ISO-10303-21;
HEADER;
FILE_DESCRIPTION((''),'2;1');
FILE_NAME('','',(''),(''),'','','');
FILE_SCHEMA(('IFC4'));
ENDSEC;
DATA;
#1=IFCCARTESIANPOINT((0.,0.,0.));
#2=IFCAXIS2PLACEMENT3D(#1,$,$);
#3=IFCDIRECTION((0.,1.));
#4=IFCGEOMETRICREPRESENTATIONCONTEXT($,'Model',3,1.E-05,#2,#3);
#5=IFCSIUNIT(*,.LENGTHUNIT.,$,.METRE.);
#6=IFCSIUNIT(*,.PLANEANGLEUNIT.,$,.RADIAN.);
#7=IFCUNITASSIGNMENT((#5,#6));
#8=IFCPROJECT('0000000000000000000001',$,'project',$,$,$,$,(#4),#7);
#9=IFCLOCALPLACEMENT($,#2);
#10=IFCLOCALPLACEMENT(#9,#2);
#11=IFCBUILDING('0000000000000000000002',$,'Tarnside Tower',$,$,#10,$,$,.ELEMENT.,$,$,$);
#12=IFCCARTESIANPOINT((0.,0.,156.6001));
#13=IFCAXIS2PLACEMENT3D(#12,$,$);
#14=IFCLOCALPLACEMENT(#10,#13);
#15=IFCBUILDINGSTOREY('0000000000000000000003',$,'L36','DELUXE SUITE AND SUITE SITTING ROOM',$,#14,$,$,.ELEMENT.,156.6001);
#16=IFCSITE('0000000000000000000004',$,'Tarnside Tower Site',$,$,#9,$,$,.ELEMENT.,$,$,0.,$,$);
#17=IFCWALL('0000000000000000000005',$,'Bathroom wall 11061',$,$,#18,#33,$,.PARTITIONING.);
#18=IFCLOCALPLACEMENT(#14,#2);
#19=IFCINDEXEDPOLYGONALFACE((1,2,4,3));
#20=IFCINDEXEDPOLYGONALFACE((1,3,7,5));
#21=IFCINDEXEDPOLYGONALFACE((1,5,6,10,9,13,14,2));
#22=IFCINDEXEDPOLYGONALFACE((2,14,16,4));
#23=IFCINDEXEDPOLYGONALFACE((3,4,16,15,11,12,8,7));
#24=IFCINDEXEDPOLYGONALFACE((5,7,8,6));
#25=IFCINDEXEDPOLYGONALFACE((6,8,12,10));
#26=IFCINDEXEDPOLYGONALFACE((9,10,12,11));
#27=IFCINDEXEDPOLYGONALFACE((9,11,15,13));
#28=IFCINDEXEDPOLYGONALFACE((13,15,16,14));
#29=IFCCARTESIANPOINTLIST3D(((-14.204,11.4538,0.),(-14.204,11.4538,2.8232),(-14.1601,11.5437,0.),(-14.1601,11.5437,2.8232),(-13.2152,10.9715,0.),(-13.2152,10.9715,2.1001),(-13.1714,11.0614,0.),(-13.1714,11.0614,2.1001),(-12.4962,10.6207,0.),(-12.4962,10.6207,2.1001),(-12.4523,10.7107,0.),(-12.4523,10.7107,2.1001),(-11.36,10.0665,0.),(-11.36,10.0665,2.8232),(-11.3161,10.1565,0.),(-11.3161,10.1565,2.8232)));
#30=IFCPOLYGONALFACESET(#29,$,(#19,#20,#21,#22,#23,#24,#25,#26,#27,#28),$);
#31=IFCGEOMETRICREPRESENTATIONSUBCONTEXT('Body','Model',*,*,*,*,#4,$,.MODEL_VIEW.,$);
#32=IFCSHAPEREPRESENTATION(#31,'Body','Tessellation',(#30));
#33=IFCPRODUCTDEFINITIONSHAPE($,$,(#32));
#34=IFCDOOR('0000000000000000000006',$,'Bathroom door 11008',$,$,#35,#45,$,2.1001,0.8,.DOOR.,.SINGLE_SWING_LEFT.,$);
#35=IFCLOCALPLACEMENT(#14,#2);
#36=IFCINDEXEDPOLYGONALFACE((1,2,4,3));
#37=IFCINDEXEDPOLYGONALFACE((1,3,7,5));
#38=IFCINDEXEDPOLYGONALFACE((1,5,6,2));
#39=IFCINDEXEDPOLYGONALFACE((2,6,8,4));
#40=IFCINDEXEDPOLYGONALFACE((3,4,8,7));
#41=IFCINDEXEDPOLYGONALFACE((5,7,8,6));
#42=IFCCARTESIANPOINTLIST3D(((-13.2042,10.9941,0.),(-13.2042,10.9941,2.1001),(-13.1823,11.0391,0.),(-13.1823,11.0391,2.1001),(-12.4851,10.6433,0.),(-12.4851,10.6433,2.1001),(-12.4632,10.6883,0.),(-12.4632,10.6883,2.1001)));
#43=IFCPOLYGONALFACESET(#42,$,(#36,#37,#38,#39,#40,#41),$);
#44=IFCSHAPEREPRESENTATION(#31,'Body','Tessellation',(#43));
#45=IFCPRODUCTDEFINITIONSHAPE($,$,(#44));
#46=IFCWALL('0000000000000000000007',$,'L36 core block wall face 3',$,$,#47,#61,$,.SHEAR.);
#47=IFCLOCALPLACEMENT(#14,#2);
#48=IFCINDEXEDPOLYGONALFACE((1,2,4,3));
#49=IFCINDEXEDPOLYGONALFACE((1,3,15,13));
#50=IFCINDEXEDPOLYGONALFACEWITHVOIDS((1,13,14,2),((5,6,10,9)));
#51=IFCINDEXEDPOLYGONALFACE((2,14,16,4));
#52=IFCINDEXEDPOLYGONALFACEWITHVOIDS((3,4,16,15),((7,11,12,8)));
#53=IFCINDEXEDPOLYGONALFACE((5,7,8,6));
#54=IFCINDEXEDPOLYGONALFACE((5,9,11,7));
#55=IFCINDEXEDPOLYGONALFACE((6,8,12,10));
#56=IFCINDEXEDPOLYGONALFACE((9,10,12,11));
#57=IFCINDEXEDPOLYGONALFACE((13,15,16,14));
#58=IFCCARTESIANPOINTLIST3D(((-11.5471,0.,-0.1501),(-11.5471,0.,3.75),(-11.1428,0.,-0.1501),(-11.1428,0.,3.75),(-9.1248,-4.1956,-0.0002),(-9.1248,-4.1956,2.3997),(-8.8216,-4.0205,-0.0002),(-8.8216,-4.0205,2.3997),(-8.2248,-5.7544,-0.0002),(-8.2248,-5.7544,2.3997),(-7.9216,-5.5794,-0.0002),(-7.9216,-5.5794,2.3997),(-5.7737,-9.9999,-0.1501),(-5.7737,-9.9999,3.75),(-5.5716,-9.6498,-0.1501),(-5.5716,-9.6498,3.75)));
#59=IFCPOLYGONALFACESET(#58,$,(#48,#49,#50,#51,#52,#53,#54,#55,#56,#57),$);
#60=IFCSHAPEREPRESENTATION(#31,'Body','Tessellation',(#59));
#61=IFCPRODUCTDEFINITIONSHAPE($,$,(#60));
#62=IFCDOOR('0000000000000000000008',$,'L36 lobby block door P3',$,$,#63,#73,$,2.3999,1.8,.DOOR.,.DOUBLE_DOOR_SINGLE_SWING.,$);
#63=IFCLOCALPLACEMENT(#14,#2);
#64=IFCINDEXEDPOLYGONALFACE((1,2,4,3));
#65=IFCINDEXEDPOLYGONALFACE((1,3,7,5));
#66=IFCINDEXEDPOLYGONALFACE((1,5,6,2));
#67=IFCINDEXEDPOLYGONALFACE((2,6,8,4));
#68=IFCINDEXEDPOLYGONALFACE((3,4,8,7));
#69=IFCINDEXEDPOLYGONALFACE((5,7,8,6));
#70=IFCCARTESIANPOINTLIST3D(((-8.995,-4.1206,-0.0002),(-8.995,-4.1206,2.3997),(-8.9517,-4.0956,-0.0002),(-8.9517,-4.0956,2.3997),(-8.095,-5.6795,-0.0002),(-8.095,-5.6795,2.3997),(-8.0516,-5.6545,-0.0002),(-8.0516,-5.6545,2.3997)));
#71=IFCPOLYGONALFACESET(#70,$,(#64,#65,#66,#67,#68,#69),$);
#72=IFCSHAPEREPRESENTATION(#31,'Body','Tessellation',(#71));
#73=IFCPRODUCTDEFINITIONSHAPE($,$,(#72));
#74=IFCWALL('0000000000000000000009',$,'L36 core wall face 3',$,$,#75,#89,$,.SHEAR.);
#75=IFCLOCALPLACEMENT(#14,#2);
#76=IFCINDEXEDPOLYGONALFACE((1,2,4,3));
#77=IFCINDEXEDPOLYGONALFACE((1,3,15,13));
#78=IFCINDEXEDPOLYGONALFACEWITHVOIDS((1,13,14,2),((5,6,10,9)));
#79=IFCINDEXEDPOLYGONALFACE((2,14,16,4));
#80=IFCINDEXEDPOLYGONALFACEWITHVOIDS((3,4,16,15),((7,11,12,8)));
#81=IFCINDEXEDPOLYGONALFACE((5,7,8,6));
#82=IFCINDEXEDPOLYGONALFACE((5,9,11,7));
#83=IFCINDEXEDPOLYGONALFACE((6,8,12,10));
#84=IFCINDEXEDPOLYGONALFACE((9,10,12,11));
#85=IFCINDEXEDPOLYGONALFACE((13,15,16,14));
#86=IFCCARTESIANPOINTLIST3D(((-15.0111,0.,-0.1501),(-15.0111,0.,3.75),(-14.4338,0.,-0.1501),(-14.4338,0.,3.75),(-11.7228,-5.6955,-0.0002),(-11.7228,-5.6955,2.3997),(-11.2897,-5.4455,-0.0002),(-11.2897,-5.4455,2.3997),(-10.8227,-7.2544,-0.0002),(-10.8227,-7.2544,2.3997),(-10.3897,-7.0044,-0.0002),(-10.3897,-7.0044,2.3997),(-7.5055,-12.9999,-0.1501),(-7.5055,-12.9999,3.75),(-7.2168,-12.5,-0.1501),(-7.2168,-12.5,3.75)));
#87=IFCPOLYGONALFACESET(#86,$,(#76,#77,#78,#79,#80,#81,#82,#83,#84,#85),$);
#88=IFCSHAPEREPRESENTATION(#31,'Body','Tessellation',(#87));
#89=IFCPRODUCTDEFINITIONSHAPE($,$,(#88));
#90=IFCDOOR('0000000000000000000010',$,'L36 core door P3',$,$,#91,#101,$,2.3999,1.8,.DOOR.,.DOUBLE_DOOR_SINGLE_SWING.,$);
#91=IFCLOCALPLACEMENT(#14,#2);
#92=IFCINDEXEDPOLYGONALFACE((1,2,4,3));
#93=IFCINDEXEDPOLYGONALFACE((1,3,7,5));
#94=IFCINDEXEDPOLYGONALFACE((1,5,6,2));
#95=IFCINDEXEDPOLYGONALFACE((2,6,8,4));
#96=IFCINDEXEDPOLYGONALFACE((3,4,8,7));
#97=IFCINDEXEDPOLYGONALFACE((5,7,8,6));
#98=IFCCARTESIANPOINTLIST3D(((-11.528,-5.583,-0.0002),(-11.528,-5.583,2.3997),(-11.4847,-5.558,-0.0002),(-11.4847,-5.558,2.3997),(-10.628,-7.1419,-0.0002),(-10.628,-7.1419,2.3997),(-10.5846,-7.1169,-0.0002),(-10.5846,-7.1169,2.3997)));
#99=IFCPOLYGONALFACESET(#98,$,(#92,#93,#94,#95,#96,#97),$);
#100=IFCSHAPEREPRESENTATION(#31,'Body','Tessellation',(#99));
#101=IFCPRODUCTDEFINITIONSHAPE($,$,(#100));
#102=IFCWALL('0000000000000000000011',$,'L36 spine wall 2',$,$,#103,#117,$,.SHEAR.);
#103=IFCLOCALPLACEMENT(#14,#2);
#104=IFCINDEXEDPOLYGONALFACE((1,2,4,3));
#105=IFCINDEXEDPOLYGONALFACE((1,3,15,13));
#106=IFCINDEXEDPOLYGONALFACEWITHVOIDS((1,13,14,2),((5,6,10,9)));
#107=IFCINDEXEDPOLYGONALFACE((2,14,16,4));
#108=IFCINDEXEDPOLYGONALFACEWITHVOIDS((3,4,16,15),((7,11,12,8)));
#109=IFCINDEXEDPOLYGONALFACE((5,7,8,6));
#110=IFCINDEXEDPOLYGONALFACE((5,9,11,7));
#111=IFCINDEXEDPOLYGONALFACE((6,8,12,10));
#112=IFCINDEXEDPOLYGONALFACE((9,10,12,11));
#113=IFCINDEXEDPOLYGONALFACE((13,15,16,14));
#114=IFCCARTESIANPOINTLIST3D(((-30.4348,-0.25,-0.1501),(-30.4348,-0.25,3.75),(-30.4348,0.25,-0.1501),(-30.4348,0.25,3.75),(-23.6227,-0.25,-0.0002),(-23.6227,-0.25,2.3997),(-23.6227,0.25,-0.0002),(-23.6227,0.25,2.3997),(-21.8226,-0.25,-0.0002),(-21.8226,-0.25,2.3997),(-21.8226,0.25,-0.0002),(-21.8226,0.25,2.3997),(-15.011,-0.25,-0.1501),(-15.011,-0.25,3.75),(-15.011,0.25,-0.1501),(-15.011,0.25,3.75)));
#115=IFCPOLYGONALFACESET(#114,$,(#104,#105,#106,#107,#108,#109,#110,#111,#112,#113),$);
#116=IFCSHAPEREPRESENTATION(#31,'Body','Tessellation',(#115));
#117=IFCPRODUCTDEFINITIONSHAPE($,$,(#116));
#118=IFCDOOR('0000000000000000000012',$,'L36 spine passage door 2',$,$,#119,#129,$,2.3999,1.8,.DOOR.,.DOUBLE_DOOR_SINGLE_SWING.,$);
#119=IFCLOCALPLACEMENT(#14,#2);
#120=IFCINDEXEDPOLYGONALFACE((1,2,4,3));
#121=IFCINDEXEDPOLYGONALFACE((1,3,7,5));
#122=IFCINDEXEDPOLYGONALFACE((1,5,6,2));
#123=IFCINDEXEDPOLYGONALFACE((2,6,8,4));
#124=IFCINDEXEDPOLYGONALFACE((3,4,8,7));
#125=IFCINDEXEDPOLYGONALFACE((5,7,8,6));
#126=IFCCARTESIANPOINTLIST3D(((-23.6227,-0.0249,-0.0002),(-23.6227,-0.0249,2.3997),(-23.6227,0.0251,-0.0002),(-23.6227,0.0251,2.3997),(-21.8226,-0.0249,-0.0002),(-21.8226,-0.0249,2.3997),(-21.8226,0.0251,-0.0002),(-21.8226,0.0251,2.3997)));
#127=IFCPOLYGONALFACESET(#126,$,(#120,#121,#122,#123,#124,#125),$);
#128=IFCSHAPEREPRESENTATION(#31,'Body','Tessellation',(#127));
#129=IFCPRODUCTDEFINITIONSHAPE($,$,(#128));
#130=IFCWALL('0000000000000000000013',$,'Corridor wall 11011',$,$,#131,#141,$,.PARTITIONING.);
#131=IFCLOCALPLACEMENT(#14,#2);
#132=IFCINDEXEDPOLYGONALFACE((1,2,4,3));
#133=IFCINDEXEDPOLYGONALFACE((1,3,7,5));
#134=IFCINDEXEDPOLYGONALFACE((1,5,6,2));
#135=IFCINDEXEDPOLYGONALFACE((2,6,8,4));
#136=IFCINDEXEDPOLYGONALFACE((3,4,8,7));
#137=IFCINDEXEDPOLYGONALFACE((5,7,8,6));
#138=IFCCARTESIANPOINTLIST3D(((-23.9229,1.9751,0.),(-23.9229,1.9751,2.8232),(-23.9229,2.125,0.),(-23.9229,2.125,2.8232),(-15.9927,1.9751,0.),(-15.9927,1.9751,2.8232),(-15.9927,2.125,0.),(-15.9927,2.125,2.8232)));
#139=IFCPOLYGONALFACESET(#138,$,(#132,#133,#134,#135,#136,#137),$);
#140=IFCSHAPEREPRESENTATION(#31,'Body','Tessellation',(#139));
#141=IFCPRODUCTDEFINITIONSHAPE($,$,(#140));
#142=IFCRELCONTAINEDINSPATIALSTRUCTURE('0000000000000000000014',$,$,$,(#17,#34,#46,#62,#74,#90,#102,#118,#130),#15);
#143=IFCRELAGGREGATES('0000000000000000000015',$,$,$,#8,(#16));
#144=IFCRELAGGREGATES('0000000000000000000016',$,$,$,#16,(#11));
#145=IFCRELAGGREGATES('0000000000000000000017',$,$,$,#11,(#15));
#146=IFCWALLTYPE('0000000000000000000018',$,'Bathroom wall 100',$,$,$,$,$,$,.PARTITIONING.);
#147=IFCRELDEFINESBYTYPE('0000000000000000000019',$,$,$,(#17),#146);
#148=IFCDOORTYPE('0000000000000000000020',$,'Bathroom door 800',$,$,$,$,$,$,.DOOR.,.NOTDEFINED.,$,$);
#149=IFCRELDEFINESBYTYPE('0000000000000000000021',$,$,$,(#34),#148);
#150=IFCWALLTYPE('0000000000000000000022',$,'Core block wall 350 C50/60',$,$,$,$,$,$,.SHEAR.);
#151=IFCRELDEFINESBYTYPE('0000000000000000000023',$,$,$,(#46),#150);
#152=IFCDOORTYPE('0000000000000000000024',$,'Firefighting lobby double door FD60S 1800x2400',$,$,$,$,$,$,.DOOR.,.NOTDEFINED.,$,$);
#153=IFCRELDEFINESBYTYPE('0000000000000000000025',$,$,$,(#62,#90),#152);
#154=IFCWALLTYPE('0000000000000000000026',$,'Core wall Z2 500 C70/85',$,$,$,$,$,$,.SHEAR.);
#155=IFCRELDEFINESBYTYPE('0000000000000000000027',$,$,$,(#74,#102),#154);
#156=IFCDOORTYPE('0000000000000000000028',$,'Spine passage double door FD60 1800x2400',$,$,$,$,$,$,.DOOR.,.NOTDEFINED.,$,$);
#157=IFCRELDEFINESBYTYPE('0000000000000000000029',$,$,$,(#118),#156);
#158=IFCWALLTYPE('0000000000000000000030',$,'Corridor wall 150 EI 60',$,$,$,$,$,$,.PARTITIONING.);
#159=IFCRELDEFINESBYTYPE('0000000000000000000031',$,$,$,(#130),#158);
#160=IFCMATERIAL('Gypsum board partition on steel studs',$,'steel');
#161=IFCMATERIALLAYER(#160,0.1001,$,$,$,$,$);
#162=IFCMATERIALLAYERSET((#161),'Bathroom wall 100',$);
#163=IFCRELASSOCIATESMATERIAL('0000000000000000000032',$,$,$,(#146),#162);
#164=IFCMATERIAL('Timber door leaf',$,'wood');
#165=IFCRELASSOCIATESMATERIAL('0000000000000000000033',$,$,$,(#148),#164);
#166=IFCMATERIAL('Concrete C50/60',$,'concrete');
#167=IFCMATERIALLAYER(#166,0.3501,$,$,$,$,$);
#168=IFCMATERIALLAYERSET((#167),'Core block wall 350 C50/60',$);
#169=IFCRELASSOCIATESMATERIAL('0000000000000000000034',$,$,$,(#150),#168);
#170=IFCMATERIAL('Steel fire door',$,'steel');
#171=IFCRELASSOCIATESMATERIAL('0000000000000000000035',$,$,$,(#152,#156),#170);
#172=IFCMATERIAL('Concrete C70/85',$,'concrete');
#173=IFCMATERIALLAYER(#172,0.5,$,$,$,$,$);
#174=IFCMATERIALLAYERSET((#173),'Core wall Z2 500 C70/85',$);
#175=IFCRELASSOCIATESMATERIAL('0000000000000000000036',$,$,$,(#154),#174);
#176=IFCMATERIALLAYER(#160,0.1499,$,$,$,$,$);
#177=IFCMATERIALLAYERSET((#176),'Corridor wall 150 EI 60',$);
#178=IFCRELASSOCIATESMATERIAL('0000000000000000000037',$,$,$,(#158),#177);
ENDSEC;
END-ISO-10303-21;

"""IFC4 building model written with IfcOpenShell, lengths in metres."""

from ifc_helpers import new_model, si_unit, direction, frame, frame_2d, origin, place, context, subcontext, project, spatial, polyline, rectangle, outline, extrude, material, layer, layer_set, type_object, element, fill, save


model = new_model("IFC4")

# Units and contexts
model_context = context("Model", 3, precision=1e-05, world=origin(), true_north=direction((0.0, 1.0)))
body_context = subcontext(model_context, "Body", "Model", "MODEL_VIEW")
ifc_project = project(units=[si_unit("LENGTHUNIT", "METRE"), si_unit("PLANEANGLEUNIT", "RADIAN")], contexts=[model_context])

# Site, building, storey
site_placement = place(None, origin())
site = spatial("IfcSite", under=ifc_project, at=site_placement, Name="Tarnside Tower Site", CompositionType="ELEMENT", RefElevation=0.0)
building_placement = place(site_placement, origin())
building = spatial("IfcBuilding", under=site, at=building_placement, Name="Tarnside Tower", CompositionType="ELEMENT")
storey_placement = place(building_placement, frame((0.0, 0.0, 156.6001)))
storey = spatial("IfcBuildingStorey", under=building, at=storey_placement, Name="L36", Description="DELUXE SUITE AND SUITE SITTING ROOM", CompositionType="ELEMENT", Elevation=156.6001)

# Walls, openings, doors
ifc_material_1 = material(Name="Gypsum board partition on steel studs", Category="steel")
ifc_layer_1 = layer(ifc_material_1, 0.1001)
ifc_layer_set_1 = layer_set([ifc_layer_1], Name="Bathroom wall 100")
wall_type_1 = type_object("IfcWallType", Name="Bathroom wall 100", PredefinedType="PARTITIONING", material=ifc_layer_set_1)
wall_1_placement = place(storey_placement, frame((-11.3381, 10.1116, 0.0), z_axis=(0.0, 0.0, 1.0), x_axis=(-0.898782, 0.438396, 0.0)))
wall_1 = element("IfcWall", 1, at=wall_1_placement, inside=storey, type_object=wall_type_1, Name="Bathroom wall 11061", PredefinedType="PARTITIONING", context=body_context, shape_type="SweptSolid", body=[
    extrude(rectangle(XDim=3.1643, YDim=0.1001, at=frame_2d((1.582, 0.0))), origin(), (0.0, 0.0, 1.0), 2.8232),
])
opening_1_placement = place(wall_1_placement, frame((1.2642, 0.0, 0.0)))
opening_1 = element("IfcOpeningElement", 2, at=opening_1_placement, cuts=wall_1, PredefinedType="OPENING", context=body_context, shape_type="SweptSolid", body=[
    extrude(rectangle(XDim=0.8, YDim=2.1001, at=frame_2d((0.3999, 1.05))), frame((0.0, 0.0601, 0.0), z_axis=(0.0, -1.0, 0.0), x_axis=(1.0, 0.0, 0.0)), (0.0, 0.0, 1.0), 0.1201),
])
ifc_material_2 = material(Name="Timber door leaf", Category="wood")
door_type_1 = type_object("IfcDoorType", Name="Bathroom door 800", OperationType="NOTDEFINED", PredefinedType="DOOR", material=ifc_material_2)
door_1_placement = place(opening_1_placement, origin())
door_1 = element("IfcDoor", 3, at=door_1_placement, inside=storey, type_object=door_type_1, Name="Bathroom door 11008", OperationType="SINGLE_SWING_LEFT", OverallHeight=2.1001, OverallWidth=0.8, PredefinedType="DOOR", context=body_context, shape_type="SweptSolid", body=[
    extrude(rectangle(XDim=0.8, YDim=2.1001, at=frame_2d((0.3999, 1.05))), frame((0.0, 0.0249, 0.0), z_axis=(0.0, -1.0, 0.0), x_axis=(1.0, 0.0, 0.0)), (0.0, 0.0, 1.0), 0.05),
])
fill(opening_1, door_1)
ifc_material_3 = material(Name="Concrete C50/60", Category="concrete")
ifc_layer_2 = layer(ifc_material_3, 0.3501)
ifc_layer_set_2 = layer_set([ifc_layer_2], Name="Core block wall 350 C50/60")
wall_type_2 = type_object("IfcWallType", Name="Core block wall 350 C50/60", PredefinedType="SHEAR", material=ifc_layer_set_2)
wall_2_placement = place(storey_placement, frame((-11.345, 0.0, -0.1501), z_axis=(0.0, 0.0, 1.0), x_axis=(0.499995, -0.866028, 0.0)))
wall_2 = element("IfcWall", 4, at=wall_2_placement, inside=storey, type_object=wall_type_2, Name="L36 core block wall face 3", PredefinedType="SHEAR", context=body_context, shape_type="SweptSolid", body=[
    extrude(outline(polyline([(-0.1011, -0.175), (11.4458, -0.175), (11.2437, 0.175), (0.1011, 0.175), (-0.1011, -0.175)])), origin(), (0.0, 0.0, 1.0), 3.9001),
])
opening_2_placement = place(wall_2_placement, frame((4.7437, 0.0, 0.1499)))
opening_2 = element("IfcOpeningElement", 5, at=opening_2_placement, cuts=wall_2, PredefinedType="OPENING", context=body_context, shape_type="SweptSolid", body=[
    extrude(rectangle(XDim=1.8, YDim=2.3999, at=frame_2d((0.8999, 1.2))), frame((0.0, 0.1851, 0.0), z_axis=(0.0, -1.0, 0.0), x_axis=(1.0, 0.0, 0.0)), (0.0, 0.0, 1.0), 0.3701),
])
ifc_material_4 = material(Name="Steel fire door", Category="steel")
door_type_2 = type_object("IfcDoorType", Name="Firefighting lobby double door FD60S 1800x2400", OperationType="NOTDEFINED", PredefinedType="DOOR", material=ifc_material_4)
door_2_placement = place(opening_2_placement, origin())
door_2 = element("IfcDoor", 6, at=door_2_placement, inside=storey, type_object=door_type_2, Name="L36 lobby block door P3", OperationType="DOUBLE_DOOR_SINGLE_SWING", OverallHeight=2.3999, OverallWidth=1.8, PredefinedType="DOOR", context=body_context, shape_type="SweptSolid", body=[
    extrude(rectangle(XDim=1.8, YDim=2.3999, at=frame_2d((0.8999, 1.2))), frame((0.0, 0.0249, 0.0), z_axis=(0.0, -1.0, 0.0), x_axis=(1.0, 0.0, 0.0)), (0.0, 0.0, 1.0), 0.05),
])
fill(opening_2, door_2)
ifc_material_5 = material(Name="Concrete C70/85", Category="concrete")
ifc_layer_3 = layer(ifc_material_5, 0.5)
ifc_layer_set_3 = layer_set([ifc_layer_3], Name="Core wall Z2 500 C70/85")
wall_type_3 = type_object("IfcWallType", Name="Core wall Z2 500 C70/85", PredefinedType="SHEAR", material=ifc_layer_set_3)
wall_3_placement = place(storey_placement, frame((-14.7224, 0.0, -0.1501), z_axis=(0.0, 0.0, 1.0), x_axis=(0.500006, -0.866022, 0.0)))
wall_3 = element("IfcWall", 7, at=wall_3_placement, inside=storey, type_object=wall_type_3, Name="L36 core wall face 3", PredefinedType="SHEAR", context=body_context, shape_type="SweptSolid", body=[
    extrude(outline(polyline([(-0.1443, -0.25), (14.8667, -0.25), (14.5781, 0.25), (0.1443, 0.25), (-0.1443, -0.25)])), origin(), (0.0, 0.0, 1.0), 3.9001),
])
opening_3_placement = place(wall_3_placement, frame((6.4324, 0.0, 0.1499)))
opening_3 = element("IfcOpeningElement", 8, at=opening_3_placement, cuts=wall_3, PredefinedType="OPENING", context=body_context, shape_type="SweptSolid", body=[
    extrude(rectangle(XDim=1.8, YDim=2.3999, at=frame_2d((0.8999, 1.2))), frame((0.0, 0.26, 0.0), z_axis=(0.0, -1.0, 0.0), x_axis=(1.0, 0.0, 0.0)), (0.0, 0.0, 1.0), 0.52),
])
door_3_placement = place(opening_3_placement, origin())
door_3 = element("IfcDoor", 9, at=door_3_placement, inside=storey, type_object=door_type_2, Name="L36 core door P3", OperationType="DOUBLE_DOOR_SINGLE_SWING", OverallHeight=2.3999, OverallWidth=1.8, PredefinedType="DOOR", context=body_context, shape_type="SweptSolid", body=[
    extrude(rectangle(XDim=1.8, YDim=2.3999, at=frame_2d((0.8999, 1.2))), frame((0.0, 0.0249, 0.0), z_axis=(0.0, -1.0, 0.0), x_axis=(1.0, 0.0, 0.0)), (0.0, 0.0, 1.0), 0.05),
])
fill(opening_3, door_3)
wall_4_placement = place(storey_placement, frame((-15.011, 0.0, -0.1501), z_axis=(0.0, 0.0, 1.0), x_axis=(-1.0, 0.0, 0.0)))
wall_4 = element("IfcWall", 10, at=wall_4_placement, inside=storey, type_object=wall_type_3, Name="L36 spine wall 2", PredefinedType="SHEAR", context=body_context, shape_type="SweptSolid", body=[
    extrude(rectangle(XDim=15.4238, YDim=0.5, at=frame_2d((7.7119, 0.0))), origin(), (0.0, 0.0, 1.0), 3.9001),
])
opening_4_placement = place(wall_4_placement, frame((6.8118, 0.0, 0.1499)))
opening_4 = element("IfcOpeningElement", 11, at=opening_4_placement, cuts=wall_4, PredefinedType="OPENING", context=body_context, shape_type="SweptSolid", body=[
    extrude(rectangle(XDim=1.8, YDim=2.3999, at=frame_2d((0.8999, 1.2))), frame((0.0, 0.26, 0.0), z_axis=(0.0, -1.0, 0.0), x_axis=(1.0, 0.0, 0.0)), (0.0, 0.0, 1.0), 0.52),
])
door_type_3 = type_object("IfcDoorType", Name="Spine passage double door FD60 1800x2400", OperationType="NOTDEFINED", PredefinedType="DOOR", material=ifc_material_4)
door_4_placement = place(opening_4_placement, origin())
door_4 = element("IfcDoor", 12, at=door_4_placement, inside=storey, type_object=door_type_3, Name="L36 spine passage door 2", OperationType="DOUBLE_DOOR_SINGLE_SWING", OverallHeight=2.3999, OverallWidth=1.8, PredefinedType="DOOR", context=body_context, shape_type="SweptSolid", body=[
    extrude(rectangle(XDim=1.8, YDim=2.3999, at=frame_2d((0.8999, 1.2))), frame((0.0, 0.0249, 0.0), z_axis=(0.0, -1.0, 0.0), x_axis=(1.0, 0.0, 0.0)), (0.0, 0.0, 1.0), 0.05),
])
fill(opening_4, door_4)

# Wall
ifc_layer_4 = layer(ifc_material_1, 0.1499)
ifc_layer_set_4 = layer_set([ifc_layer_4], Name="Corridor wall 150 EI 60")
wall_type_4 = type_object("IfcWallType", Name="Corridor wall 150 EI 60", PredefinedType="PARTITIONING", material=ifc_layer_set_4)
wall_5_placement = place(storey_placement, frame((-15.9927, 2.05, 0.0), z_axis=(0.0, 0.0, 1.0), x_axis=(-1.0, 0.0, 0.0)))
element("IfcWall", 13, at=wall_5_placement, inside=storey, type_object=wall_type_4, Name="Corridor wall 11011", PredefinedType="PARTITIONING", context=body_context, shape_type="SweptSolid", body=[
    extrude(rectangle(XDim=7.9302, YDim=0.1499, at=frame_2d((3.9651, 0.0))), origin(), (0.0, 0.0, 1.0), 2.8232),
])

save(model, "model.ifc")
